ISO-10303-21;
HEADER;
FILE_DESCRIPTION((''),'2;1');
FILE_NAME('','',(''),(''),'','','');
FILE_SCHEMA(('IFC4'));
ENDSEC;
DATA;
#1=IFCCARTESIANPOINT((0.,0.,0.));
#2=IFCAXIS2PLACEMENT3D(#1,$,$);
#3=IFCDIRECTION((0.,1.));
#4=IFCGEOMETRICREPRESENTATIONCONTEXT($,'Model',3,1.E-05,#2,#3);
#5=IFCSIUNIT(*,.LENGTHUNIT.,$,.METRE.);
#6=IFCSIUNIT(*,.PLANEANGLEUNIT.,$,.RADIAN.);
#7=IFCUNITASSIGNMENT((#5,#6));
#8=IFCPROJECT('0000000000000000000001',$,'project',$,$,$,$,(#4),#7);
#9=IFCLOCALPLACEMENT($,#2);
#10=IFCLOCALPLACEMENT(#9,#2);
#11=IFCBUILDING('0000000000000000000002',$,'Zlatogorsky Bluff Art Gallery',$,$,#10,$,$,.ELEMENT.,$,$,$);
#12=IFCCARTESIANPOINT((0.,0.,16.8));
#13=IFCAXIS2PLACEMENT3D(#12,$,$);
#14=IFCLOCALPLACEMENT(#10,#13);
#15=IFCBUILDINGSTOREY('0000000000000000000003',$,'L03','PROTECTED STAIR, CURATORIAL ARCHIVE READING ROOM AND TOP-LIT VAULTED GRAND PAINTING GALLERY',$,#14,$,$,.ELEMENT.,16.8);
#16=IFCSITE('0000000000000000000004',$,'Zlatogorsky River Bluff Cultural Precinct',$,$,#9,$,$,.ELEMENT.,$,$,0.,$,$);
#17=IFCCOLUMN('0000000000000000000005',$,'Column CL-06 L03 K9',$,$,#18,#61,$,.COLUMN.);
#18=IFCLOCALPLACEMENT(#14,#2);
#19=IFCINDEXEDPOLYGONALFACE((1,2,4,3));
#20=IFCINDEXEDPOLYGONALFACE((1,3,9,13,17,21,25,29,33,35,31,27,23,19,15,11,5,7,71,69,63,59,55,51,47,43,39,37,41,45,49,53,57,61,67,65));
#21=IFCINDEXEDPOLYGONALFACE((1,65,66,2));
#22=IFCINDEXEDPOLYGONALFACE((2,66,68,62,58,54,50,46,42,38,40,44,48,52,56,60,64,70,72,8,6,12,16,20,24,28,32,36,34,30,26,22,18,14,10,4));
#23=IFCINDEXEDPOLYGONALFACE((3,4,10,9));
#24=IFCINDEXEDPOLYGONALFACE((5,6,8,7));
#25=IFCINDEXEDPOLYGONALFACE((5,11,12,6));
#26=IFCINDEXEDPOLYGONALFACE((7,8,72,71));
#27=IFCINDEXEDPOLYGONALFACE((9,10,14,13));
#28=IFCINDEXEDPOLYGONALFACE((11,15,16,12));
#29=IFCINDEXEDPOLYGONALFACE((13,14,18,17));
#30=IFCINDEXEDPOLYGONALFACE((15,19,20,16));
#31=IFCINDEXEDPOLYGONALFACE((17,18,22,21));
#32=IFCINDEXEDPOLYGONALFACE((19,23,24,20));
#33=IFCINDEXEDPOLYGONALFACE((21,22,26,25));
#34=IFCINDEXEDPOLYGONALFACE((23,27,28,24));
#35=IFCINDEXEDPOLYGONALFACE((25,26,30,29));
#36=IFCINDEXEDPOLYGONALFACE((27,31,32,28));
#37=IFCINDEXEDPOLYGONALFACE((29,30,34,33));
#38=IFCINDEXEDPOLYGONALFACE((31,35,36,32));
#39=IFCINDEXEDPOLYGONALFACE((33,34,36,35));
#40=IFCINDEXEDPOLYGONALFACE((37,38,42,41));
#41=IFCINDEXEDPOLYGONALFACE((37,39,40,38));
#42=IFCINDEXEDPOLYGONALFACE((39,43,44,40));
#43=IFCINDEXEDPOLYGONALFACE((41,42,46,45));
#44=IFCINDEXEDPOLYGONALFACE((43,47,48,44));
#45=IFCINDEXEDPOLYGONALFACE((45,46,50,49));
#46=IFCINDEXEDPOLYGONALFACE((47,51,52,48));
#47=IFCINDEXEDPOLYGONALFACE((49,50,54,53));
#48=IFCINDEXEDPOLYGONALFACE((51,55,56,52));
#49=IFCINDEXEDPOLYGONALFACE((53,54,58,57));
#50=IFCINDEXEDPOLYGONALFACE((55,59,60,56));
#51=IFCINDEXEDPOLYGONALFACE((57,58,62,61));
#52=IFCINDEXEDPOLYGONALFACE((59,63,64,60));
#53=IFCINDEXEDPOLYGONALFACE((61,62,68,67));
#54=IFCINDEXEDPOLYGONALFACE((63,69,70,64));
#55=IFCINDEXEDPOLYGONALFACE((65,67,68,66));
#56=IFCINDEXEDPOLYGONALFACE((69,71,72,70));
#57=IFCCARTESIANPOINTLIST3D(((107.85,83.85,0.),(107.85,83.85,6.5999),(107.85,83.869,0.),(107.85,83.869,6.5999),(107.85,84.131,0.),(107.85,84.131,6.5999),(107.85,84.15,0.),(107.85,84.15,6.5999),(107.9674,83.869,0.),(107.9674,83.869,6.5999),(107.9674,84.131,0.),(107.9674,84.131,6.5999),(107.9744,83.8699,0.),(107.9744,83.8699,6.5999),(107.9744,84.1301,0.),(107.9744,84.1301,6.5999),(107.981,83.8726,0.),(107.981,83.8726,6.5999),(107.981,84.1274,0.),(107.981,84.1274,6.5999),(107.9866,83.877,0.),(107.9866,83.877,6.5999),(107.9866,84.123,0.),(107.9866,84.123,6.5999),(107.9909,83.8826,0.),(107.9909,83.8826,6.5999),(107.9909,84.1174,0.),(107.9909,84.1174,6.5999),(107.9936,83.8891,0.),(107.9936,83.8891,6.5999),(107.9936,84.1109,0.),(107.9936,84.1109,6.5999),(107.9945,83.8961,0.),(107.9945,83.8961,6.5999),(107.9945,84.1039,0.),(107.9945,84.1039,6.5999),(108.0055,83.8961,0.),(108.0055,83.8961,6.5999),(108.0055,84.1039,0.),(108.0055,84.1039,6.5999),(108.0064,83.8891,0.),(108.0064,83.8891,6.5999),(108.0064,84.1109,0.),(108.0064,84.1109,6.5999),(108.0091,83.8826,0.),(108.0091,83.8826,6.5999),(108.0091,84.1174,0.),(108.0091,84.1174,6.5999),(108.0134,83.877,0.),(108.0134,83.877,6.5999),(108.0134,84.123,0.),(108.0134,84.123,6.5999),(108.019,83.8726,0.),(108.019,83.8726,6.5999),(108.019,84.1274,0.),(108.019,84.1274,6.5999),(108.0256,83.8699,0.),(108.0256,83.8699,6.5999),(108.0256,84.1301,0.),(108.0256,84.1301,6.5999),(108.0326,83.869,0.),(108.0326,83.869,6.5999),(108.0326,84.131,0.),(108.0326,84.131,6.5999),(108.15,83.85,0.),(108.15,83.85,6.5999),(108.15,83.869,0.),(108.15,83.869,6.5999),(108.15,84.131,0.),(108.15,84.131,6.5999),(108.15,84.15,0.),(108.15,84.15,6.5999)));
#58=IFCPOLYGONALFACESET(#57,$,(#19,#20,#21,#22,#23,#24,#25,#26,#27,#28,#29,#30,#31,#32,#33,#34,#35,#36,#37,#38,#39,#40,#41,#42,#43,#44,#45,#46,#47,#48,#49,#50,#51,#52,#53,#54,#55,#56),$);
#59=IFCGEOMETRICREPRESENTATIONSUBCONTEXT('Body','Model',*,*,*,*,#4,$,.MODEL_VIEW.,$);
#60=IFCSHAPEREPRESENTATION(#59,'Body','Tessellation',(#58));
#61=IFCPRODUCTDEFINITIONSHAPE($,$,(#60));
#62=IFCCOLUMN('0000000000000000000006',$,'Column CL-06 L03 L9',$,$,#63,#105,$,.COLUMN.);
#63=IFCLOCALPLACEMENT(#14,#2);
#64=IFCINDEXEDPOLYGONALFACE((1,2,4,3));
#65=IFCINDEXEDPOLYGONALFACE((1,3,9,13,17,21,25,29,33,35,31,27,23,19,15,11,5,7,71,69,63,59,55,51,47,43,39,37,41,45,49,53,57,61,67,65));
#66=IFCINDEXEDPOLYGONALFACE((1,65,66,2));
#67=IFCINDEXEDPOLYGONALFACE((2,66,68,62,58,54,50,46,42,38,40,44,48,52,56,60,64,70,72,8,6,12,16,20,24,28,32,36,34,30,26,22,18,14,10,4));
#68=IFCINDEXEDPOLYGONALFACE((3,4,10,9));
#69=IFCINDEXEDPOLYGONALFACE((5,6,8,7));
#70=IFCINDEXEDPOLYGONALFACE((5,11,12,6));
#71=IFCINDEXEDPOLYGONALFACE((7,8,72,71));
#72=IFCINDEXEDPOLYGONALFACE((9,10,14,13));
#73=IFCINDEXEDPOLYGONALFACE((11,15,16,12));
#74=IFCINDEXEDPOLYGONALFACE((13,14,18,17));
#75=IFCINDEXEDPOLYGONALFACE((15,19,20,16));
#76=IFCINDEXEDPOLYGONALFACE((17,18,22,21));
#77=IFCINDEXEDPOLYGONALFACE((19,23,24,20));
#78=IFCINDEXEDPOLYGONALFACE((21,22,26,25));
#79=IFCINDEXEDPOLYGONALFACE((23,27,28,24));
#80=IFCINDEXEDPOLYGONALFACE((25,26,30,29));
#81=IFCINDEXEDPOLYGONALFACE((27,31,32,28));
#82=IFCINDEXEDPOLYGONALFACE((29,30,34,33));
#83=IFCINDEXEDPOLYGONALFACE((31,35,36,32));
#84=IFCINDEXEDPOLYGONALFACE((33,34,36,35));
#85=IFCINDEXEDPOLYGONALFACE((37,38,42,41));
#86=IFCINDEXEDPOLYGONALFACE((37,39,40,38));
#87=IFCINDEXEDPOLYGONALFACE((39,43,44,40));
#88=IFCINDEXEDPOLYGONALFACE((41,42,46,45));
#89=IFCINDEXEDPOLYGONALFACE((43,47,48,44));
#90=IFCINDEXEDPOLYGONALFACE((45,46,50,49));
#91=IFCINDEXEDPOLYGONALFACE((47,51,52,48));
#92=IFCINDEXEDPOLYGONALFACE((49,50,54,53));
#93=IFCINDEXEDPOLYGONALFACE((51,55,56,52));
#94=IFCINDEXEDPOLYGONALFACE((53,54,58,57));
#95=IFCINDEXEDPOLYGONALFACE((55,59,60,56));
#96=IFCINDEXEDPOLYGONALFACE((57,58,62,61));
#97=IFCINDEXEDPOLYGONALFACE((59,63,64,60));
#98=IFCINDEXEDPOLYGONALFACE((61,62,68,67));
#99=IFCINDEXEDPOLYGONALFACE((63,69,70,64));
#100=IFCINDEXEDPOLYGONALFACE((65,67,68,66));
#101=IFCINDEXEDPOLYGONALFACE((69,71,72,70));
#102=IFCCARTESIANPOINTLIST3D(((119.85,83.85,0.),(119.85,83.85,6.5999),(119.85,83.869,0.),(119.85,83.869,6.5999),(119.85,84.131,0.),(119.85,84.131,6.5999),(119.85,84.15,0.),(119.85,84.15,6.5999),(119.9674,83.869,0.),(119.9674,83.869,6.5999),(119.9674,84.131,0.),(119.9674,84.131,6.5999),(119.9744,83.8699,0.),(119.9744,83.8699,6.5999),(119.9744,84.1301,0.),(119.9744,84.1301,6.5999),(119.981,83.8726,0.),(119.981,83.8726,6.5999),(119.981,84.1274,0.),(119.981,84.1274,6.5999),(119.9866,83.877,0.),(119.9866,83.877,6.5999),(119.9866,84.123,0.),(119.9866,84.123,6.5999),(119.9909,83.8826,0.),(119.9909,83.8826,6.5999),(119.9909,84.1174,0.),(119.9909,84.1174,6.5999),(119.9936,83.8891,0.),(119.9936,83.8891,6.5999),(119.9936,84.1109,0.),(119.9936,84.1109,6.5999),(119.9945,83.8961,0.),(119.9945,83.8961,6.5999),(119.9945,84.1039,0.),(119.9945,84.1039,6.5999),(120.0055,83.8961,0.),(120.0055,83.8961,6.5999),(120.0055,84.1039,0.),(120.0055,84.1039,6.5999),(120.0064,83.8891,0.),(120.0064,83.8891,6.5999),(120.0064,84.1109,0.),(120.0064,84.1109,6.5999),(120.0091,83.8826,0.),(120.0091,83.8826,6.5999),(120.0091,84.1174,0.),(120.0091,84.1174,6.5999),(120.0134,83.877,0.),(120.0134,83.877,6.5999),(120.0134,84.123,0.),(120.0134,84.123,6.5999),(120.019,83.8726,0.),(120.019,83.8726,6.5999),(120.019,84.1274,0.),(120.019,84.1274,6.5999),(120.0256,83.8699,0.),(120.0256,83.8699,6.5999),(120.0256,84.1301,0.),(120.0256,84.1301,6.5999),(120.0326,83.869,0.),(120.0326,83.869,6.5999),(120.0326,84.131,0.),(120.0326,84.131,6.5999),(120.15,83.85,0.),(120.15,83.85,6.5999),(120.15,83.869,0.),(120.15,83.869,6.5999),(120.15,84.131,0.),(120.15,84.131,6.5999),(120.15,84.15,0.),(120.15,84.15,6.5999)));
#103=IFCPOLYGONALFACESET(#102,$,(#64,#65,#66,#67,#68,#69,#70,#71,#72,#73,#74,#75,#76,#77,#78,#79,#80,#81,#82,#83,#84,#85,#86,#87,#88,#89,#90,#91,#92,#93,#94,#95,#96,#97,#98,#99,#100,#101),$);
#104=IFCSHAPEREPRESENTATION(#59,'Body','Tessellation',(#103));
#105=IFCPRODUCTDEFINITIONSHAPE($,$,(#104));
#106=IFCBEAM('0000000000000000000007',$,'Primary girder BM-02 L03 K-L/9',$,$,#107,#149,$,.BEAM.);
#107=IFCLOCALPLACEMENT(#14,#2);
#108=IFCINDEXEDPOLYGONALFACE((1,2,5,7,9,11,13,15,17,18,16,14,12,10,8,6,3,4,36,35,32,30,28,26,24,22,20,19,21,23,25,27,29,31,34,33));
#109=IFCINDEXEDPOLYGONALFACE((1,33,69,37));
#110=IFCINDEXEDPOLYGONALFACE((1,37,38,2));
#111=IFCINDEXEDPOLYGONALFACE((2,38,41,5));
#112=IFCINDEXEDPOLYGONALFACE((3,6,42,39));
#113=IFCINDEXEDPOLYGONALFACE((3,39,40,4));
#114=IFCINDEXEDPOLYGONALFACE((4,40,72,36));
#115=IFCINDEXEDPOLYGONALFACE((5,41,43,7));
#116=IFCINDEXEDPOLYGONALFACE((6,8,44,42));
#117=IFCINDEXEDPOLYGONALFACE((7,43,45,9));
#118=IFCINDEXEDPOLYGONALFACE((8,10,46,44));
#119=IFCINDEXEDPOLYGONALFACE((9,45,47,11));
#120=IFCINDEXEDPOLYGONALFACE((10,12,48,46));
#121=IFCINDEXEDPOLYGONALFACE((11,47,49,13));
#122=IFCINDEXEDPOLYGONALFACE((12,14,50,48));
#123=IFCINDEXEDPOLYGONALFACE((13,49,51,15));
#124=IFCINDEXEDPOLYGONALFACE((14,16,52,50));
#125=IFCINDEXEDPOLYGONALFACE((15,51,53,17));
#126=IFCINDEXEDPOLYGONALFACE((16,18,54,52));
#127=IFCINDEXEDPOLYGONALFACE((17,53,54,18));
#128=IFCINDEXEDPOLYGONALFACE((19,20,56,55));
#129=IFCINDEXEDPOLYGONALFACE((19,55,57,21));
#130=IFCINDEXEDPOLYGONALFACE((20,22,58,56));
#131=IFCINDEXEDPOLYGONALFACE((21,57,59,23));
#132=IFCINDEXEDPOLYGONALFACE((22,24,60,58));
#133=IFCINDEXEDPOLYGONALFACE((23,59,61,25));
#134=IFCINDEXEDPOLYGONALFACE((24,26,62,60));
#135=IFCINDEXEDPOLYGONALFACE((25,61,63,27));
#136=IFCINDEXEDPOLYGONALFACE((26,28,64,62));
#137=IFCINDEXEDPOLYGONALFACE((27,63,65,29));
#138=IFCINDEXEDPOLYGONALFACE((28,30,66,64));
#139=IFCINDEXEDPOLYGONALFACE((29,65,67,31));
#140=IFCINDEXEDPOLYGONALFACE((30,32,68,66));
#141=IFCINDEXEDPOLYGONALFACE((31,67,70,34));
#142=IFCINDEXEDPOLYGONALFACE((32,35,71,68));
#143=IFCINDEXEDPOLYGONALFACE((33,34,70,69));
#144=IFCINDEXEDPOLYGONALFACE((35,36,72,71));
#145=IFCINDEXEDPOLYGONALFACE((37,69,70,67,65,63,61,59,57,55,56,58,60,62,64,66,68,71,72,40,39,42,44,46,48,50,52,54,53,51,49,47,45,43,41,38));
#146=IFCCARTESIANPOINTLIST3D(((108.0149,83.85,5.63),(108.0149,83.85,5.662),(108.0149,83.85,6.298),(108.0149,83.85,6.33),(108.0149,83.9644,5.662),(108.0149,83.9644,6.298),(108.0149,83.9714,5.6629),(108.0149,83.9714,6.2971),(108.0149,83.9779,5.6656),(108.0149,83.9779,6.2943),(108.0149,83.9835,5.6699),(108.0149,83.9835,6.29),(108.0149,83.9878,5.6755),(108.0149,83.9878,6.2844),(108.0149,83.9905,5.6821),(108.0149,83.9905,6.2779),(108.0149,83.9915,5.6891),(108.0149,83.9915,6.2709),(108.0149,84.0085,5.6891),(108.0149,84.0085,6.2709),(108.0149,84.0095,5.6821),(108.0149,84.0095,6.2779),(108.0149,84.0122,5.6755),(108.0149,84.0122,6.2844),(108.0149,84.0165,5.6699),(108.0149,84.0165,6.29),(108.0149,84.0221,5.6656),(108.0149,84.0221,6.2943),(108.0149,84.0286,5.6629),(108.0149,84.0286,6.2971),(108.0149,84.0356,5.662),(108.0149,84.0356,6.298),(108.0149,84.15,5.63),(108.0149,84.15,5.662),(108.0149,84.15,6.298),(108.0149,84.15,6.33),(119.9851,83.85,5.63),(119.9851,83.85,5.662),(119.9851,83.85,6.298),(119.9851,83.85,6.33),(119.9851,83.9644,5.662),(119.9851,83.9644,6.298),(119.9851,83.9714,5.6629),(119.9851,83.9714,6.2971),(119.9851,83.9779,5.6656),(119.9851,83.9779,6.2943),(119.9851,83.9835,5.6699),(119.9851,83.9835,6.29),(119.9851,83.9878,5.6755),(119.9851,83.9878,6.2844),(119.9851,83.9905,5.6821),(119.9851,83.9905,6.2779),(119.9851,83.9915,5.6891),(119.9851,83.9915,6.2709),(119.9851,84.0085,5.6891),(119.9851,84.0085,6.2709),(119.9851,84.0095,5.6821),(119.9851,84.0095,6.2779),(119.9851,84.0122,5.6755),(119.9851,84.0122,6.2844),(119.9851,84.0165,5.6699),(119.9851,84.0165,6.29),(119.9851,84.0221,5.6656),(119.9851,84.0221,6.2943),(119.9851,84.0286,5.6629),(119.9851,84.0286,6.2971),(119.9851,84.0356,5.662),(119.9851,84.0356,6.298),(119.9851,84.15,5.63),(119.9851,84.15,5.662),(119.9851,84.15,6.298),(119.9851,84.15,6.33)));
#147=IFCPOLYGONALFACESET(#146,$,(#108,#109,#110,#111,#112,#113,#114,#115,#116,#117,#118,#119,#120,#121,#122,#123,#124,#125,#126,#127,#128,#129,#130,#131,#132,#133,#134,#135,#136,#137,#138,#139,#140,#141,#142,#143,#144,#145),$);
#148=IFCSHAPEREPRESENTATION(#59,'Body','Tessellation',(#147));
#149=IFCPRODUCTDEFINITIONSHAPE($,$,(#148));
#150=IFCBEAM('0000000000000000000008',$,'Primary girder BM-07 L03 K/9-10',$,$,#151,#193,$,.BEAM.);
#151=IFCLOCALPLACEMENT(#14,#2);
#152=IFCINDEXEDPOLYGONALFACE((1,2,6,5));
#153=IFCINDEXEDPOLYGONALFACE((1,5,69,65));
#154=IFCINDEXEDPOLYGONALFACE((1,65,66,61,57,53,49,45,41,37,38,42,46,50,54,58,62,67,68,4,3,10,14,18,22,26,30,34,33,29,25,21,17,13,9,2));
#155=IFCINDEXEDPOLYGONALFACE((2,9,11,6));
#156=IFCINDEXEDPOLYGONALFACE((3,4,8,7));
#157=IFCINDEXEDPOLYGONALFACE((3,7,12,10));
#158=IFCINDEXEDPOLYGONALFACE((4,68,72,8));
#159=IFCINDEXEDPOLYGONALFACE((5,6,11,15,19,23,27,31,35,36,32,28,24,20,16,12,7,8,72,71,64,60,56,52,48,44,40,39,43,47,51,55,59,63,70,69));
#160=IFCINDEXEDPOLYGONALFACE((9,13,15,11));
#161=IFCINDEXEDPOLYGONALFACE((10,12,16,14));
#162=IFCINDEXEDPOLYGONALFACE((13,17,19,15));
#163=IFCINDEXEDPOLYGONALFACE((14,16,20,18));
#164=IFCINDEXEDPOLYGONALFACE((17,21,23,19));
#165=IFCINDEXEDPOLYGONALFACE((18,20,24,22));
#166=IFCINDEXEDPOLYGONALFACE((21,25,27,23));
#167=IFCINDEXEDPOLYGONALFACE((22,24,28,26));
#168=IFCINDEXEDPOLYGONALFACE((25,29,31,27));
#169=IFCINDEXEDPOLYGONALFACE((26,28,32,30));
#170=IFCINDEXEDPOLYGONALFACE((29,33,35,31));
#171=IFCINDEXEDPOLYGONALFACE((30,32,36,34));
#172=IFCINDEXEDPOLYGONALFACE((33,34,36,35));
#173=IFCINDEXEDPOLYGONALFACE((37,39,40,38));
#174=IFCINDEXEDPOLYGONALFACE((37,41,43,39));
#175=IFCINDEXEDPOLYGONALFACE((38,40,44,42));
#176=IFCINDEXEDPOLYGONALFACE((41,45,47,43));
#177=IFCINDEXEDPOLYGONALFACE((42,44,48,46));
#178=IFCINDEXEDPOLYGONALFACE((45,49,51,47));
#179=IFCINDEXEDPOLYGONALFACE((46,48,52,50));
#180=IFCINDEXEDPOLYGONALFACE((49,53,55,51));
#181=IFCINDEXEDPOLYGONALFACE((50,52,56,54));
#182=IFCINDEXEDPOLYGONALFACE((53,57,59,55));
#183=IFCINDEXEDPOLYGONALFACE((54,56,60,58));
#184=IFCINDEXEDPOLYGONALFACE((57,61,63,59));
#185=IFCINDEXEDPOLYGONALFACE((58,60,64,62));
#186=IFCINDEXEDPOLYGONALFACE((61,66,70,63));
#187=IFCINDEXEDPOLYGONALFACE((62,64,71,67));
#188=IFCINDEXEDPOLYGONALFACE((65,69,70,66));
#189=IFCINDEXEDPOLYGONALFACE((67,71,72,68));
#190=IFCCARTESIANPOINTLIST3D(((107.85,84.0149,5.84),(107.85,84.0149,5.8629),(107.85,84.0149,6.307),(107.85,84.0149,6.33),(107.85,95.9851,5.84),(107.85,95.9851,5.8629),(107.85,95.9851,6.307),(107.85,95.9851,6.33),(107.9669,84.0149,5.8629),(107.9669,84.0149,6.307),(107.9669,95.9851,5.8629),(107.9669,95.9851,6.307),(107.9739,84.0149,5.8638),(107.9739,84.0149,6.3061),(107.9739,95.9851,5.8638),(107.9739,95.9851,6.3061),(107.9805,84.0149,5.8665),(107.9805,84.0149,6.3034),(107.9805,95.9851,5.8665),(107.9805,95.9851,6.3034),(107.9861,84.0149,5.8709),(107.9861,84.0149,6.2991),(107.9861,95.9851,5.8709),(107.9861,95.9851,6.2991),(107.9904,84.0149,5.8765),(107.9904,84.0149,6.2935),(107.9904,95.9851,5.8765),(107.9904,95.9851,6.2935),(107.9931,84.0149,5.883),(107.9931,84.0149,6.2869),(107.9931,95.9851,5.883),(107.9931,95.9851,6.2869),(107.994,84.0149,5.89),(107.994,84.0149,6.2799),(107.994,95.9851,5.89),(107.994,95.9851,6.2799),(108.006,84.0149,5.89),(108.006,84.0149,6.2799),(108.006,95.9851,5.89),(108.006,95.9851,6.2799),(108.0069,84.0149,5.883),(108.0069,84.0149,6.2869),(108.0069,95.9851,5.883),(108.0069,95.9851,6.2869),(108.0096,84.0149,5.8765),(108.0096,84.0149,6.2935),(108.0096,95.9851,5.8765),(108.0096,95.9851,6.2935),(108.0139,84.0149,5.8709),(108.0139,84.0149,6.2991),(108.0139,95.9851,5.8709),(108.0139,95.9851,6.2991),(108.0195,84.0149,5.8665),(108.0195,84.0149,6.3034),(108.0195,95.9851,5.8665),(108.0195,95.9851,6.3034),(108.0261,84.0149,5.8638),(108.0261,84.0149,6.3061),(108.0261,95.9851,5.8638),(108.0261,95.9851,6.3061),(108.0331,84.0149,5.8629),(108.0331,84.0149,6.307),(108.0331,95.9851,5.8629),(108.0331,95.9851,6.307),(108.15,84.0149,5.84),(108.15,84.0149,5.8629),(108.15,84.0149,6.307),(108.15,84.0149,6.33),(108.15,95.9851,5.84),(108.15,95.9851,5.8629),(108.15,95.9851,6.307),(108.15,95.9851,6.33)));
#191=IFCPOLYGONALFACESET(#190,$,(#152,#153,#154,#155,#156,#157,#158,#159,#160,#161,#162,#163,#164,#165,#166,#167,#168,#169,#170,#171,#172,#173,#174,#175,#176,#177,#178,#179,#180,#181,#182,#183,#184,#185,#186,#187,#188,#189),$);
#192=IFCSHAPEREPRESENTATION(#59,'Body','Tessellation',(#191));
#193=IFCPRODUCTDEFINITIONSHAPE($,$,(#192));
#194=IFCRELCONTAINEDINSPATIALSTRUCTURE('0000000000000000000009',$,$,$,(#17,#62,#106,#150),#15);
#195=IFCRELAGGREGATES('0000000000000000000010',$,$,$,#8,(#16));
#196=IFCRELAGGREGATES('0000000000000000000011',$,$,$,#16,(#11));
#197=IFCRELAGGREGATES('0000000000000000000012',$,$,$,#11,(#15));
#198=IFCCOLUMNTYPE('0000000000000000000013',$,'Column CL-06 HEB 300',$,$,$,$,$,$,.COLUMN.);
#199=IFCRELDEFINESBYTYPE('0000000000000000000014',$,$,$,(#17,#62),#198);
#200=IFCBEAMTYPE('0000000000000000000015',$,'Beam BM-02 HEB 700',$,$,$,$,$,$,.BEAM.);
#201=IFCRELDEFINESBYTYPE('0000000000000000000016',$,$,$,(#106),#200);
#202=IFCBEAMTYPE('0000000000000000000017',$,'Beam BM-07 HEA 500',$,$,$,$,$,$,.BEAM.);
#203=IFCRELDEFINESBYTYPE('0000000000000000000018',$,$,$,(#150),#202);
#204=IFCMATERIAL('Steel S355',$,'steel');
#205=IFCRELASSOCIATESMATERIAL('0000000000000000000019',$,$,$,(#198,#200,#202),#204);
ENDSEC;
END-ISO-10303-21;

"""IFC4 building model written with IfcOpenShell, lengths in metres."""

from ifc_helpers import new_model, si_unit, direction, frame, origin, origin_2d, place, context, subcontext, project, spatial, i_section, extrude, material, material_profile, profile_set, type_object, element, save


model = new_model("IFC4")

# Units and contexts
model_context = context("Model", 3, precision=1e-05, world=origin(), true_north=direction((0.0, 1.0)))
body_context = subcontext(model_context, "Body", "Model", "MODEL_VIEW")
ifc_project = project(units=[si_unit("LENGTHUNIT", "METRE"), si_unit("PLANEANGLEUNIT", "RADIAN")], contexts=[model_context])

# Site, building, storey
site_placement = place(None, origin())
site = spatial("IfcSite", under=ifc_project, at=site_placement, Name="Zlatogorsky River Bluff Cultural Precinct", CompositionType="ELEMENT", RefElevation=0.0)
building_placement = place(site_placement, origin())
building = spatial("IfcBuilding", under=site, at=building_placement, Name="Zlatogorsky Bluff Art Gallery", CompositionType="ELEMENT")
storey_placement = place(building_placement, frame((0.0, 0.0, 16.8)))
storey = spatial("IfcBuildingStorey", under=building, at=storey_placement, Name="L03", Description="PROTECTED STAIR, CURATORIAL ARCHIVE READING ROOM AND TOP-LIT VAULTED GRAND PAINTING GALLERY", CompositionType="ELEMENT", Elevation=16.8)

# Columns
ifc_material_1 = material(Name="Steel S355", Category="steel")
ifc_material_profile_1 = material_profile(ifc_material_1, i_section(OverallWidth=0.3, OverallDepth=0.3, WebThickness=0.011, FlangeThickness=0.019, FilletRadius=0.0271, at=origin_2d()), Name="HEB 300")
ifc_profile_set_1 = profile_set([ifc_material_profile_1], Name="Steel S355")
column_type = type_object("IfcColumnType", Name="Column CL-06 HEB 300", PredefinedType="COLUMN", material=ifc_profile_set_1)
for number, where, z_axis, x_axis, name in (
    (1, (108.0, 84.0, 0.0), (0.0, 0.0, 1.0), (1.0, 0.0, 0.0), "Column CL-06 L03 K9"),
    (2, (120.0, 84.0, 0.0), (0.0, 0.0, 1.0), (1.0, 0.0, 0.0), "Column CL-06 L03 L9"),
):
    element("IfcColumn", number, at=place(storey_placement, frame(where, z_axis=z_axis, x_axis=x_axis)), inside=storey, type_object=column_type, Name=name, PredefinedType="COLUMN", context=body_context, shape_type="SweptSolid", body=[
        extrude(i_section(OverallWidth=0.3, OverallDepth=0.3, WebThickness=0.011, FlangeThickness=0.019, FilletRadius=0.0271, at=origin_2d()), origin(), (0.0, 0.0, 1.0), 6.5999),
    ])

# Beams
ifc_material_profile_2 = material_profile(ifc_material_1, i_section(OverallWidth=0.3, OverallDepth=0.7, WebThickness=0.0171, FlangeThickness=0.032, FilletRadius=0.0271, at=origin_2d()), Name="HEB 700")
ifc_profile_set_2 = profile_set([ifc_material_profile_2], Name="Steel S355")
beam_type_1 = type_object("IfcBeamType", Name="Beam BM-02 HEB 700", PredefinedType="BEAM", material=ifc_profile_set_2)
beam_1_placement = place(storey_placement, frame((108.0149, 84.0, 5.98), z_axis=(1.0, 0.0, 0.0), x_axis=(0.0, 1.0, 0.0)))
element("IfcBeam", 3, at=beam_1_placement, inside=storey, type_object=beam_type_1, Name="Primary girder BM-02 L03 K-L/9", PredefinedType="BEAM", context=body_context, shape_type="SweptSolid", body=[
    extrude(i_section(OverallWidth=0.3, OverallDepth=0.7, WebThickness=0.0171, FlangeThickness=0.032, FilletRadius=0.0271, at=origin_2d()), origin(), (0.0, 0.0, 1.0), 11.9702),
])
ifc_material_profile_3 = material_profile(ifc_material_1, i_section(OverallWidth=0.3, OverallDepth=0.49, WebThickness=0.012, FlangeThickness=0.0229, FilletRadius=0.0271, at=origin_2d()), Name="HEA 500")
ifc_profile_set_3 = profile_set([ifc_material_profile_3], Name="Steel S355")
beam_type_2 = type_object("IfcBeamType", Name="Beam BM-07 HEA 500", PredefinedType="BEAM", material=ifc_profile_set_3)
beam_2_placement = place(storey_placement, frame((108.0, 84.0149, 6.085), z_axis=(0.0, 1.0, 0.0), x_axis=(-1.0, 0.0, 0.0)))
element("IfcBeam", 4, at=beam_2_placement, inside=storey, type_object=beam_type_2, Name="Primary girder BM-07 L03 K/9-10", PredefinedType="BEAM", context=body_context, shape_type="SweptSolid", body=[
    extrude(i_section(OverallWidth=0.3, OverallDepth=0.49, WebThickness=0.012, FlangeThickness=0.0229, FilletRadius=0.0271, at=origin_2d()), origin(), (0.0, 0.0, 1.0), 11.9702),
])

save(model, "model.ifc")
